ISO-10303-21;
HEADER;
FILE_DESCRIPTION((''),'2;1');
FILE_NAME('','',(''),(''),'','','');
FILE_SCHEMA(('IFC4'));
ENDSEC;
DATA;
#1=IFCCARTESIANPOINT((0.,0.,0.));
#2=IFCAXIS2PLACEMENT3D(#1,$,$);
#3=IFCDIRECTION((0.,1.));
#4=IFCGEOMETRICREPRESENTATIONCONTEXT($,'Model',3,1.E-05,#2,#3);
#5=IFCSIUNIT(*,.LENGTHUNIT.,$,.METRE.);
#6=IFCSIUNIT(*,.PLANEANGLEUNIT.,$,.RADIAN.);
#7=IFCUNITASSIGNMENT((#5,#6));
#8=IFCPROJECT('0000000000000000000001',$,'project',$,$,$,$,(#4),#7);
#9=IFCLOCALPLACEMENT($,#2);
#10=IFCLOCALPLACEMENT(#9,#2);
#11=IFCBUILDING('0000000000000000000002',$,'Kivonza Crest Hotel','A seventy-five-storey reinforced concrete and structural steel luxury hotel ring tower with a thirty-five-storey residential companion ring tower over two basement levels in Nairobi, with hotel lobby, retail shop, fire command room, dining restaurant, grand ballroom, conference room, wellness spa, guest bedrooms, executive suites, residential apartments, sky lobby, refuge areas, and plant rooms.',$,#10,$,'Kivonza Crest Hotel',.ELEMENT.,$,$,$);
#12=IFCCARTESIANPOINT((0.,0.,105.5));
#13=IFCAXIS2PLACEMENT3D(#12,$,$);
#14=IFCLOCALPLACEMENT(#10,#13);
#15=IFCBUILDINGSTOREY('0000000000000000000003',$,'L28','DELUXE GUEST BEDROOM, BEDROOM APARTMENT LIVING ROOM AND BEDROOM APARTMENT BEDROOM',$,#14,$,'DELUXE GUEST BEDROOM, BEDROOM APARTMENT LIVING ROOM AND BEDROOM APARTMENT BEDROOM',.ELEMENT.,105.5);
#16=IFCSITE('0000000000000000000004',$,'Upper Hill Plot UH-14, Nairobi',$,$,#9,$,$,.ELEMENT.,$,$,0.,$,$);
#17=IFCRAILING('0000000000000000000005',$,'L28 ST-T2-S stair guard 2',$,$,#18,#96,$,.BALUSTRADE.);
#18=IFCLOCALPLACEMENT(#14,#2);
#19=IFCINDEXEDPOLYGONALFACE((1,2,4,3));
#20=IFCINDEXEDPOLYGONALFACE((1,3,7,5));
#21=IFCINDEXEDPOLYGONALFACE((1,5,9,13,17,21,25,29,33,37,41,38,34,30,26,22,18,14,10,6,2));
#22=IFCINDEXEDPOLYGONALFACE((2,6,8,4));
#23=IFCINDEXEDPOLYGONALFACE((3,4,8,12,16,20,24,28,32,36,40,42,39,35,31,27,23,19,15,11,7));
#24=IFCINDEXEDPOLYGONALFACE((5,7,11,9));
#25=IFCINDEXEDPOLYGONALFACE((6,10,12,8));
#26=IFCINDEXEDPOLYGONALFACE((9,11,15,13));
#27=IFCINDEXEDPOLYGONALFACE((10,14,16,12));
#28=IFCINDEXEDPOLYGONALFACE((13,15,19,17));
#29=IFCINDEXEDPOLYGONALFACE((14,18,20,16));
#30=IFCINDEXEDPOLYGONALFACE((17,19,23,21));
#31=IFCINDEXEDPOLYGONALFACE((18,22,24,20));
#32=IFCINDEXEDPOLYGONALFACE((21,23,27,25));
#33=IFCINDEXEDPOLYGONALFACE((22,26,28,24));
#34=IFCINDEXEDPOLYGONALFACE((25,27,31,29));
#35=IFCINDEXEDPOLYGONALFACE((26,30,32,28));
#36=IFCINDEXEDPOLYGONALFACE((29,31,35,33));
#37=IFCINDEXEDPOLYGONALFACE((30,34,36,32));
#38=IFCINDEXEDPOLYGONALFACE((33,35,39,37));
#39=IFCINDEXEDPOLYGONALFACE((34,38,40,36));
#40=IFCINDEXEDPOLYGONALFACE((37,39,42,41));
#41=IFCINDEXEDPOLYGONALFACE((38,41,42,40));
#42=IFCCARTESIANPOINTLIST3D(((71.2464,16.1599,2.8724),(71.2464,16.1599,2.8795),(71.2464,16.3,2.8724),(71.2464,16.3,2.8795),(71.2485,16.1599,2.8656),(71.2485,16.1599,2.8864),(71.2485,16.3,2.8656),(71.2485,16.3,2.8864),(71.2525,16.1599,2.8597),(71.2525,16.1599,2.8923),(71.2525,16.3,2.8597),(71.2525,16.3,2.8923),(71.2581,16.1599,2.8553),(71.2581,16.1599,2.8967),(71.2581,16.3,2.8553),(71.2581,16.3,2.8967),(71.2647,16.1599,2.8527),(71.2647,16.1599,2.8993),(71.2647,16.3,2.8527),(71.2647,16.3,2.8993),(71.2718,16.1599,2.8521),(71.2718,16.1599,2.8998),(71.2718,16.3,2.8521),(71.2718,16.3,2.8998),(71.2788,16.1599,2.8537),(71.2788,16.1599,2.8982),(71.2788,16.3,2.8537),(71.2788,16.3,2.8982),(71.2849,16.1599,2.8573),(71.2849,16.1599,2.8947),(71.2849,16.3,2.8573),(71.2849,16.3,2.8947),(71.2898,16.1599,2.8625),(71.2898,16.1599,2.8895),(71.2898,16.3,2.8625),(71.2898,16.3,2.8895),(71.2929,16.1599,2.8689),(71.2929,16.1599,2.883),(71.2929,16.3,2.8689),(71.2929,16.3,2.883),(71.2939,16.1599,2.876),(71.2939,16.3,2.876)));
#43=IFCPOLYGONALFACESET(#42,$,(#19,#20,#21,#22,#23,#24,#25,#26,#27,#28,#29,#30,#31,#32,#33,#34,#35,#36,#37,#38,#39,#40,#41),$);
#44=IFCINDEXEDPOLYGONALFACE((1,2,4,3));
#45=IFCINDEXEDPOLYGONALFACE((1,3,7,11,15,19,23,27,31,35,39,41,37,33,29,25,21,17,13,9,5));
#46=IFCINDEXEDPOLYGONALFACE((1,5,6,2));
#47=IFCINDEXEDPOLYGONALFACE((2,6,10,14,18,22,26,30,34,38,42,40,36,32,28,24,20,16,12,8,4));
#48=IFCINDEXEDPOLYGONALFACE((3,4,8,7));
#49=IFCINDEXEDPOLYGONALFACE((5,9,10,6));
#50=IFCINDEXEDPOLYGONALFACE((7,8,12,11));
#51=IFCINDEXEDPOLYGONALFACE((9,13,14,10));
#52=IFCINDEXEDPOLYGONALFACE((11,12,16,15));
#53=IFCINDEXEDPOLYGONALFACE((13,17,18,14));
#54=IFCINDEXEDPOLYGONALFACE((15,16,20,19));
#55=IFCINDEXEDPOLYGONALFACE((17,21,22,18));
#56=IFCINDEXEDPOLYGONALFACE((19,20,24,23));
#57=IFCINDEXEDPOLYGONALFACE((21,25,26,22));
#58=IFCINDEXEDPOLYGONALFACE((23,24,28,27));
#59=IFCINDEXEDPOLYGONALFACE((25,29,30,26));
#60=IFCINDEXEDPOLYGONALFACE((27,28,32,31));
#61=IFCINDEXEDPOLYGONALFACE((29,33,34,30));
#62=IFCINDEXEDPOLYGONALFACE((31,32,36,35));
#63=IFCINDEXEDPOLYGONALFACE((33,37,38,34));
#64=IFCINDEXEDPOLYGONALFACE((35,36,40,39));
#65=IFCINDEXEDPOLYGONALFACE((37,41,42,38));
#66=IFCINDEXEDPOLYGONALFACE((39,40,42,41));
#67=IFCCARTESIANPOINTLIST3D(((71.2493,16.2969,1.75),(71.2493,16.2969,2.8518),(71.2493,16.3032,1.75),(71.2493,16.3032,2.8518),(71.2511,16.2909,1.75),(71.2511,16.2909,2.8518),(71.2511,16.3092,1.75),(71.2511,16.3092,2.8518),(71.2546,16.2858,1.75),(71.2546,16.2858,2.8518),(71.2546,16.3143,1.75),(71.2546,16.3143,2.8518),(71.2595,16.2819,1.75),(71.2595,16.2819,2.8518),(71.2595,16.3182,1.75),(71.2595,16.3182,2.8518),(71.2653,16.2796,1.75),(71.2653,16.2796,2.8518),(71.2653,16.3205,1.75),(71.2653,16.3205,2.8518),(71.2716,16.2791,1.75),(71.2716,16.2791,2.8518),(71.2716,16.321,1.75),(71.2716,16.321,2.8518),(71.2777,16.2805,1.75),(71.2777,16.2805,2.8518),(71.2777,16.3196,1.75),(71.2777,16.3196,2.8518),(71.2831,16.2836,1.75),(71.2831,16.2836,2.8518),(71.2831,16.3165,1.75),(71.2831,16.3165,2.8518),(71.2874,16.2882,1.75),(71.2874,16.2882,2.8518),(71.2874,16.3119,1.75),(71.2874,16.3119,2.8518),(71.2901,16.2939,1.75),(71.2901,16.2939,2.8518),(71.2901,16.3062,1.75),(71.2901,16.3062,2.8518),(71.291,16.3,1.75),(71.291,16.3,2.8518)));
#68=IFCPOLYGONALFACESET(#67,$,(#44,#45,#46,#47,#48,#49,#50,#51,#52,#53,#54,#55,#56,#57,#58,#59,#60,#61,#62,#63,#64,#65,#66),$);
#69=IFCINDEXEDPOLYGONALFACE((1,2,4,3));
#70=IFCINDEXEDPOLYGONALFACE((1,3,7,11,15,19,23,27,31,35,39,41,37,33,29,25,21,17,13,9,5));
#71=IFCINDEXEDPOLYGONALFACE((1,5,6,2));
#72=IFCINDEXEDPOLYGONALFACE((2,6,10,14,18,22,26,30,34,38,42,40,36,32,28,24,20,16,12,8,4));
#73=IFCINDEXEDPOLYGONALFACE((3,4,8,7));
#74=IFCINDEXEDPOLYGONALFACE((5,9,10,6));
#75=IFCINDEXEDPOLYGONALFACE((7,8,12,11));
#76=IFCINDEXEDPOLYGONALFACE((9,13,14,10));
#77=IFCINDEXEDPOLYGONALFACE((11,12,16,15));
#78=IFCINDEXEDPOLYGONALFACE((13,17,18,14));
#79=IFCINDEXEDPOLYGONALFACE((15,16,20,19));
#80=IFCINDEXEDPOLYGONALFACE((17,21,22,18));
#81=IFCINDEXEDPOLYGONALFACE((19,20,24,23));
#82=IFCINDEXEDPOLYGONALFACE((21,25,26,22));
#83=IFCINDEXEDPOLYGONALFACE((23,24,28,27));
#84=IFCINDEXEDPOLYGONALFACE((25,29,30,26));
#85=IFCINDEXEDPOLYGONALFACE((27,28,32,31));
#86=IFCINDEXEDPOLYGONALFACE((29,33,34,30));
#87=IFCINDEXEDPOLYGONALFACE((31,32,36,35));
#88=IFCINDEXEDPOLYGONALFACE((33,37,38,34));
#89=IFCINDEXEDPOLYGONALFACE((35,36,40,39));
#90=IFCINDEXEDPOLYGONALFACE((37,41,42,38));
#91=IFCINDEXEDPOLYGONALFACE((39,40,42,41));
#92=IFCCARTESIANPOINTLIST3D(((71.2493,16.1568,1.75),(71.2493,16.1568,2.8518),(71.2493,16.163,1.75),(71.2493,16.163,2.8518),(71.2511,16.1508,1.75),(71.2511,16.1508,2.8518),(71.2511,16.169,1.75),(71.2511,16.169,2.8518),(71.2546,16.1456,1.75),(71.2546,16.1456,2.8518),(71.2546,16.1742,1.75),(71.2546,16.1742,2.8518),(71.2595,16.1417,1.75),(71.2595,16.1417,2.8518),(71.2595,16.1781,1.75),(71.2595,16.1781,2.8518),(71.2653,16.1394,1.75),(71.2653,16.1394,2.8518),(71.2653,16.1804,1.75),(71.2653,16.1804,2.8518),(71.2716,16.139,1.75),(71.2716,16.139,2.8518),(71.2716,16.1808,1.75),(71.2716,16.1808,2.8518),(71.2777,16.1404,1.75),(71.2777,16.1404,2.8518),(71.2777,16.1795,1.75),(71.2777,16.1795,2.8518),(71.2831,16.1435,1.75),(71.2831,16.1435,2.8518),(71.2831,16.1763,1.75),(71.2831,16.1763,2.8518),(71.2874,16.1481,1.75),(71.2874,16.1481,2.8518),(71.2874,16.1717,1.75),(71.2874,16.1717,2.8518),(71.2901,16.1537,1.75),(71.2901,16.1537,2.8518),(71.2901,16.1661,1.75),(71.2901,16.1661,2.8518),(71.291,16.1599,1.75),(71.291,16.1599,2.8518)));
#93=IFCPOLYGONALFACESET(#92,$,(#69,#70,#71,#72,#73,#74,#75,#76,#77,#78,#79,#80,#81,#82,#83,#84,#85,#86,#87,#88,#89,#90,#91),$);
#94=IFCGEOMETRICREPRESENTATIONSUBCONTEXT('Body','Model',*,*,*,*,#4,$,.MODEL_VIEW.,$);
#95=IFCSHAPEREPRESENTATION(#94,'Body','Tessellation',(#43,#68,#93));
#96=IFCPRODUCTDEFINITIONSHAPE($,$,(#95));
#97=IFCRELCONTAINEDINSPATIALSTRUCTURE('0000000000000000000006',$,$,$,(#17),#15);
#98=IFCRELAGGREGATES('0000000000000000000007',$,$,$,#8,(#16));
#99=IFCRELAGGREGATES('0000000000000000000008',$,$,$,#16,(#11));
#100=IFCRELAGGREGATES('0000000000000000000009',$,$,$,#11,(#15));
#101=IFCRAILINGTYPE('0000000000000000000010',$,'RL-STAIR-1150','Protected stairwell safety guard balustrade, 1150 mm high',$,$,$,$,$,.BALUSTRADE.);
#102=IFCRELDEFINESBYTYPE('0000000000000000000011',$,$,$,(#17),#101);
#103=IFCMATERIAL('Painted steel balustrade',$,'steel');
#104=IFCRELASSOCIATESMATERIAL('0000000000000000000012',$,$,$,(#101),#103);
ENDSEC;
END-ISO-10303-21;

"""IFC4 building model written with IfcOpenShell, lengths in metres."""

from ifc_helpers import new_model, si_unit, direction, frame, origin, origin_2d, place, context, subcontext, project, spatial, circle, extrude, material, type_object, element, save


model = new_model("IFC4")

# Units and contexts
model_context = context("Model", 3, precision=1e-05, world=origin(), true_north=direction((0.0, 1.0)))
body_context = subcontext(model_context, "Body", "Model", "MODEL_VIEW")
ifc_project = project(units=[si_unit("LENGTHUNIT", "METRE"), si_unit("PLANEANGLEUNIT", "RADIAN")], contexts=[model_context])

# Site, building, storey
site_placement = place(None, origin())
site = spatial("IfcSite", under=ifc_project, at=site_placement, Name="Upper Hill Plot UH-14, Nairobi", CompositionType="ELEMENT", RefElevation=0.0)
building_placement = place(site_placement, origin())
building = spatial("IfcBuilding", under=site, at=building_placement, Name="Kivonza Crest Hotel", Description="A seventy-five-storey reinforced concrete and structural steel luxury hotel ring tower with a thirty-five-storey residential companion ring tower over two basement levels in Nairobi, with hotel lobby, retail shop, fire command room, dining restaurant, grand ballroom, conference room, wellness spa, guest bedrooms, executive suites, residential apartments, sky lobby, refuge areas, and plant rooms.", LongName="Kivonza Crest Hotel", CompositionType="ELEMENT")
storey_placement = place(building_placement, frame((0.0, 0.0, 105.5)))
storey = spatial("IfcBuildingStorey", under=building, at=storey_placement, Name="L28", Description="DELUXE GUEST BEDROOM, BEDROOM APARTMENT LIVING ROOM AND BEDROOM APARTMENT BEDROOM", LongName="DELUXE GUEST BEDROOM, BEDROOM APARTMENT LIVING ROOM AND BEDROOM APARTMENT BEDROOM", CompositionType="ELEMENT", Elevation=105.5)

# Railing
ifc_material_1 = material(Name="Painted steel balustrade", Category="steel")
railing_type_1 = type_object("IfcRailingType", Name="RL-STAIR-1150", Description="Protected stairwell safety guard balustrade, 1150 mm high", PredefinedType="BALUSTRADE", material=ifc_material_1)
railing_1_placement = place(storey_placement, frame((71.27, 16.3, 1.75)))
element("IfcRailing", 1, at=railing_1_placement, inside=storey, type_object=railing_type_1, Name="L28 ST-T2-S stair guard 2", PredefinedType="BALUSTRADE", context=body_context, shape_type="SweptSolid", body=[
    extrude(circle(Radius=0.0239, at=origin_2d()), frame((0.0, 0.0, 1.126), z_axis=(0.0, -1.0, 0.0), x_axis=(1.0, 0.0, 0.0)), (0.0, 0.0, 1.0), 0.1401),
    extrude(circle(Radius=0.021, at=origin_2d()), origin(), (0.0, 0.0, 1.0), 1.1018),
    extrude(circle(Radius=0.021, at=origin_2d()), frame((0.0, -0.1401, 0.0)), (0.0, 0.0, 1.0), 1.1018),
])

save(model, "model.ifc")
